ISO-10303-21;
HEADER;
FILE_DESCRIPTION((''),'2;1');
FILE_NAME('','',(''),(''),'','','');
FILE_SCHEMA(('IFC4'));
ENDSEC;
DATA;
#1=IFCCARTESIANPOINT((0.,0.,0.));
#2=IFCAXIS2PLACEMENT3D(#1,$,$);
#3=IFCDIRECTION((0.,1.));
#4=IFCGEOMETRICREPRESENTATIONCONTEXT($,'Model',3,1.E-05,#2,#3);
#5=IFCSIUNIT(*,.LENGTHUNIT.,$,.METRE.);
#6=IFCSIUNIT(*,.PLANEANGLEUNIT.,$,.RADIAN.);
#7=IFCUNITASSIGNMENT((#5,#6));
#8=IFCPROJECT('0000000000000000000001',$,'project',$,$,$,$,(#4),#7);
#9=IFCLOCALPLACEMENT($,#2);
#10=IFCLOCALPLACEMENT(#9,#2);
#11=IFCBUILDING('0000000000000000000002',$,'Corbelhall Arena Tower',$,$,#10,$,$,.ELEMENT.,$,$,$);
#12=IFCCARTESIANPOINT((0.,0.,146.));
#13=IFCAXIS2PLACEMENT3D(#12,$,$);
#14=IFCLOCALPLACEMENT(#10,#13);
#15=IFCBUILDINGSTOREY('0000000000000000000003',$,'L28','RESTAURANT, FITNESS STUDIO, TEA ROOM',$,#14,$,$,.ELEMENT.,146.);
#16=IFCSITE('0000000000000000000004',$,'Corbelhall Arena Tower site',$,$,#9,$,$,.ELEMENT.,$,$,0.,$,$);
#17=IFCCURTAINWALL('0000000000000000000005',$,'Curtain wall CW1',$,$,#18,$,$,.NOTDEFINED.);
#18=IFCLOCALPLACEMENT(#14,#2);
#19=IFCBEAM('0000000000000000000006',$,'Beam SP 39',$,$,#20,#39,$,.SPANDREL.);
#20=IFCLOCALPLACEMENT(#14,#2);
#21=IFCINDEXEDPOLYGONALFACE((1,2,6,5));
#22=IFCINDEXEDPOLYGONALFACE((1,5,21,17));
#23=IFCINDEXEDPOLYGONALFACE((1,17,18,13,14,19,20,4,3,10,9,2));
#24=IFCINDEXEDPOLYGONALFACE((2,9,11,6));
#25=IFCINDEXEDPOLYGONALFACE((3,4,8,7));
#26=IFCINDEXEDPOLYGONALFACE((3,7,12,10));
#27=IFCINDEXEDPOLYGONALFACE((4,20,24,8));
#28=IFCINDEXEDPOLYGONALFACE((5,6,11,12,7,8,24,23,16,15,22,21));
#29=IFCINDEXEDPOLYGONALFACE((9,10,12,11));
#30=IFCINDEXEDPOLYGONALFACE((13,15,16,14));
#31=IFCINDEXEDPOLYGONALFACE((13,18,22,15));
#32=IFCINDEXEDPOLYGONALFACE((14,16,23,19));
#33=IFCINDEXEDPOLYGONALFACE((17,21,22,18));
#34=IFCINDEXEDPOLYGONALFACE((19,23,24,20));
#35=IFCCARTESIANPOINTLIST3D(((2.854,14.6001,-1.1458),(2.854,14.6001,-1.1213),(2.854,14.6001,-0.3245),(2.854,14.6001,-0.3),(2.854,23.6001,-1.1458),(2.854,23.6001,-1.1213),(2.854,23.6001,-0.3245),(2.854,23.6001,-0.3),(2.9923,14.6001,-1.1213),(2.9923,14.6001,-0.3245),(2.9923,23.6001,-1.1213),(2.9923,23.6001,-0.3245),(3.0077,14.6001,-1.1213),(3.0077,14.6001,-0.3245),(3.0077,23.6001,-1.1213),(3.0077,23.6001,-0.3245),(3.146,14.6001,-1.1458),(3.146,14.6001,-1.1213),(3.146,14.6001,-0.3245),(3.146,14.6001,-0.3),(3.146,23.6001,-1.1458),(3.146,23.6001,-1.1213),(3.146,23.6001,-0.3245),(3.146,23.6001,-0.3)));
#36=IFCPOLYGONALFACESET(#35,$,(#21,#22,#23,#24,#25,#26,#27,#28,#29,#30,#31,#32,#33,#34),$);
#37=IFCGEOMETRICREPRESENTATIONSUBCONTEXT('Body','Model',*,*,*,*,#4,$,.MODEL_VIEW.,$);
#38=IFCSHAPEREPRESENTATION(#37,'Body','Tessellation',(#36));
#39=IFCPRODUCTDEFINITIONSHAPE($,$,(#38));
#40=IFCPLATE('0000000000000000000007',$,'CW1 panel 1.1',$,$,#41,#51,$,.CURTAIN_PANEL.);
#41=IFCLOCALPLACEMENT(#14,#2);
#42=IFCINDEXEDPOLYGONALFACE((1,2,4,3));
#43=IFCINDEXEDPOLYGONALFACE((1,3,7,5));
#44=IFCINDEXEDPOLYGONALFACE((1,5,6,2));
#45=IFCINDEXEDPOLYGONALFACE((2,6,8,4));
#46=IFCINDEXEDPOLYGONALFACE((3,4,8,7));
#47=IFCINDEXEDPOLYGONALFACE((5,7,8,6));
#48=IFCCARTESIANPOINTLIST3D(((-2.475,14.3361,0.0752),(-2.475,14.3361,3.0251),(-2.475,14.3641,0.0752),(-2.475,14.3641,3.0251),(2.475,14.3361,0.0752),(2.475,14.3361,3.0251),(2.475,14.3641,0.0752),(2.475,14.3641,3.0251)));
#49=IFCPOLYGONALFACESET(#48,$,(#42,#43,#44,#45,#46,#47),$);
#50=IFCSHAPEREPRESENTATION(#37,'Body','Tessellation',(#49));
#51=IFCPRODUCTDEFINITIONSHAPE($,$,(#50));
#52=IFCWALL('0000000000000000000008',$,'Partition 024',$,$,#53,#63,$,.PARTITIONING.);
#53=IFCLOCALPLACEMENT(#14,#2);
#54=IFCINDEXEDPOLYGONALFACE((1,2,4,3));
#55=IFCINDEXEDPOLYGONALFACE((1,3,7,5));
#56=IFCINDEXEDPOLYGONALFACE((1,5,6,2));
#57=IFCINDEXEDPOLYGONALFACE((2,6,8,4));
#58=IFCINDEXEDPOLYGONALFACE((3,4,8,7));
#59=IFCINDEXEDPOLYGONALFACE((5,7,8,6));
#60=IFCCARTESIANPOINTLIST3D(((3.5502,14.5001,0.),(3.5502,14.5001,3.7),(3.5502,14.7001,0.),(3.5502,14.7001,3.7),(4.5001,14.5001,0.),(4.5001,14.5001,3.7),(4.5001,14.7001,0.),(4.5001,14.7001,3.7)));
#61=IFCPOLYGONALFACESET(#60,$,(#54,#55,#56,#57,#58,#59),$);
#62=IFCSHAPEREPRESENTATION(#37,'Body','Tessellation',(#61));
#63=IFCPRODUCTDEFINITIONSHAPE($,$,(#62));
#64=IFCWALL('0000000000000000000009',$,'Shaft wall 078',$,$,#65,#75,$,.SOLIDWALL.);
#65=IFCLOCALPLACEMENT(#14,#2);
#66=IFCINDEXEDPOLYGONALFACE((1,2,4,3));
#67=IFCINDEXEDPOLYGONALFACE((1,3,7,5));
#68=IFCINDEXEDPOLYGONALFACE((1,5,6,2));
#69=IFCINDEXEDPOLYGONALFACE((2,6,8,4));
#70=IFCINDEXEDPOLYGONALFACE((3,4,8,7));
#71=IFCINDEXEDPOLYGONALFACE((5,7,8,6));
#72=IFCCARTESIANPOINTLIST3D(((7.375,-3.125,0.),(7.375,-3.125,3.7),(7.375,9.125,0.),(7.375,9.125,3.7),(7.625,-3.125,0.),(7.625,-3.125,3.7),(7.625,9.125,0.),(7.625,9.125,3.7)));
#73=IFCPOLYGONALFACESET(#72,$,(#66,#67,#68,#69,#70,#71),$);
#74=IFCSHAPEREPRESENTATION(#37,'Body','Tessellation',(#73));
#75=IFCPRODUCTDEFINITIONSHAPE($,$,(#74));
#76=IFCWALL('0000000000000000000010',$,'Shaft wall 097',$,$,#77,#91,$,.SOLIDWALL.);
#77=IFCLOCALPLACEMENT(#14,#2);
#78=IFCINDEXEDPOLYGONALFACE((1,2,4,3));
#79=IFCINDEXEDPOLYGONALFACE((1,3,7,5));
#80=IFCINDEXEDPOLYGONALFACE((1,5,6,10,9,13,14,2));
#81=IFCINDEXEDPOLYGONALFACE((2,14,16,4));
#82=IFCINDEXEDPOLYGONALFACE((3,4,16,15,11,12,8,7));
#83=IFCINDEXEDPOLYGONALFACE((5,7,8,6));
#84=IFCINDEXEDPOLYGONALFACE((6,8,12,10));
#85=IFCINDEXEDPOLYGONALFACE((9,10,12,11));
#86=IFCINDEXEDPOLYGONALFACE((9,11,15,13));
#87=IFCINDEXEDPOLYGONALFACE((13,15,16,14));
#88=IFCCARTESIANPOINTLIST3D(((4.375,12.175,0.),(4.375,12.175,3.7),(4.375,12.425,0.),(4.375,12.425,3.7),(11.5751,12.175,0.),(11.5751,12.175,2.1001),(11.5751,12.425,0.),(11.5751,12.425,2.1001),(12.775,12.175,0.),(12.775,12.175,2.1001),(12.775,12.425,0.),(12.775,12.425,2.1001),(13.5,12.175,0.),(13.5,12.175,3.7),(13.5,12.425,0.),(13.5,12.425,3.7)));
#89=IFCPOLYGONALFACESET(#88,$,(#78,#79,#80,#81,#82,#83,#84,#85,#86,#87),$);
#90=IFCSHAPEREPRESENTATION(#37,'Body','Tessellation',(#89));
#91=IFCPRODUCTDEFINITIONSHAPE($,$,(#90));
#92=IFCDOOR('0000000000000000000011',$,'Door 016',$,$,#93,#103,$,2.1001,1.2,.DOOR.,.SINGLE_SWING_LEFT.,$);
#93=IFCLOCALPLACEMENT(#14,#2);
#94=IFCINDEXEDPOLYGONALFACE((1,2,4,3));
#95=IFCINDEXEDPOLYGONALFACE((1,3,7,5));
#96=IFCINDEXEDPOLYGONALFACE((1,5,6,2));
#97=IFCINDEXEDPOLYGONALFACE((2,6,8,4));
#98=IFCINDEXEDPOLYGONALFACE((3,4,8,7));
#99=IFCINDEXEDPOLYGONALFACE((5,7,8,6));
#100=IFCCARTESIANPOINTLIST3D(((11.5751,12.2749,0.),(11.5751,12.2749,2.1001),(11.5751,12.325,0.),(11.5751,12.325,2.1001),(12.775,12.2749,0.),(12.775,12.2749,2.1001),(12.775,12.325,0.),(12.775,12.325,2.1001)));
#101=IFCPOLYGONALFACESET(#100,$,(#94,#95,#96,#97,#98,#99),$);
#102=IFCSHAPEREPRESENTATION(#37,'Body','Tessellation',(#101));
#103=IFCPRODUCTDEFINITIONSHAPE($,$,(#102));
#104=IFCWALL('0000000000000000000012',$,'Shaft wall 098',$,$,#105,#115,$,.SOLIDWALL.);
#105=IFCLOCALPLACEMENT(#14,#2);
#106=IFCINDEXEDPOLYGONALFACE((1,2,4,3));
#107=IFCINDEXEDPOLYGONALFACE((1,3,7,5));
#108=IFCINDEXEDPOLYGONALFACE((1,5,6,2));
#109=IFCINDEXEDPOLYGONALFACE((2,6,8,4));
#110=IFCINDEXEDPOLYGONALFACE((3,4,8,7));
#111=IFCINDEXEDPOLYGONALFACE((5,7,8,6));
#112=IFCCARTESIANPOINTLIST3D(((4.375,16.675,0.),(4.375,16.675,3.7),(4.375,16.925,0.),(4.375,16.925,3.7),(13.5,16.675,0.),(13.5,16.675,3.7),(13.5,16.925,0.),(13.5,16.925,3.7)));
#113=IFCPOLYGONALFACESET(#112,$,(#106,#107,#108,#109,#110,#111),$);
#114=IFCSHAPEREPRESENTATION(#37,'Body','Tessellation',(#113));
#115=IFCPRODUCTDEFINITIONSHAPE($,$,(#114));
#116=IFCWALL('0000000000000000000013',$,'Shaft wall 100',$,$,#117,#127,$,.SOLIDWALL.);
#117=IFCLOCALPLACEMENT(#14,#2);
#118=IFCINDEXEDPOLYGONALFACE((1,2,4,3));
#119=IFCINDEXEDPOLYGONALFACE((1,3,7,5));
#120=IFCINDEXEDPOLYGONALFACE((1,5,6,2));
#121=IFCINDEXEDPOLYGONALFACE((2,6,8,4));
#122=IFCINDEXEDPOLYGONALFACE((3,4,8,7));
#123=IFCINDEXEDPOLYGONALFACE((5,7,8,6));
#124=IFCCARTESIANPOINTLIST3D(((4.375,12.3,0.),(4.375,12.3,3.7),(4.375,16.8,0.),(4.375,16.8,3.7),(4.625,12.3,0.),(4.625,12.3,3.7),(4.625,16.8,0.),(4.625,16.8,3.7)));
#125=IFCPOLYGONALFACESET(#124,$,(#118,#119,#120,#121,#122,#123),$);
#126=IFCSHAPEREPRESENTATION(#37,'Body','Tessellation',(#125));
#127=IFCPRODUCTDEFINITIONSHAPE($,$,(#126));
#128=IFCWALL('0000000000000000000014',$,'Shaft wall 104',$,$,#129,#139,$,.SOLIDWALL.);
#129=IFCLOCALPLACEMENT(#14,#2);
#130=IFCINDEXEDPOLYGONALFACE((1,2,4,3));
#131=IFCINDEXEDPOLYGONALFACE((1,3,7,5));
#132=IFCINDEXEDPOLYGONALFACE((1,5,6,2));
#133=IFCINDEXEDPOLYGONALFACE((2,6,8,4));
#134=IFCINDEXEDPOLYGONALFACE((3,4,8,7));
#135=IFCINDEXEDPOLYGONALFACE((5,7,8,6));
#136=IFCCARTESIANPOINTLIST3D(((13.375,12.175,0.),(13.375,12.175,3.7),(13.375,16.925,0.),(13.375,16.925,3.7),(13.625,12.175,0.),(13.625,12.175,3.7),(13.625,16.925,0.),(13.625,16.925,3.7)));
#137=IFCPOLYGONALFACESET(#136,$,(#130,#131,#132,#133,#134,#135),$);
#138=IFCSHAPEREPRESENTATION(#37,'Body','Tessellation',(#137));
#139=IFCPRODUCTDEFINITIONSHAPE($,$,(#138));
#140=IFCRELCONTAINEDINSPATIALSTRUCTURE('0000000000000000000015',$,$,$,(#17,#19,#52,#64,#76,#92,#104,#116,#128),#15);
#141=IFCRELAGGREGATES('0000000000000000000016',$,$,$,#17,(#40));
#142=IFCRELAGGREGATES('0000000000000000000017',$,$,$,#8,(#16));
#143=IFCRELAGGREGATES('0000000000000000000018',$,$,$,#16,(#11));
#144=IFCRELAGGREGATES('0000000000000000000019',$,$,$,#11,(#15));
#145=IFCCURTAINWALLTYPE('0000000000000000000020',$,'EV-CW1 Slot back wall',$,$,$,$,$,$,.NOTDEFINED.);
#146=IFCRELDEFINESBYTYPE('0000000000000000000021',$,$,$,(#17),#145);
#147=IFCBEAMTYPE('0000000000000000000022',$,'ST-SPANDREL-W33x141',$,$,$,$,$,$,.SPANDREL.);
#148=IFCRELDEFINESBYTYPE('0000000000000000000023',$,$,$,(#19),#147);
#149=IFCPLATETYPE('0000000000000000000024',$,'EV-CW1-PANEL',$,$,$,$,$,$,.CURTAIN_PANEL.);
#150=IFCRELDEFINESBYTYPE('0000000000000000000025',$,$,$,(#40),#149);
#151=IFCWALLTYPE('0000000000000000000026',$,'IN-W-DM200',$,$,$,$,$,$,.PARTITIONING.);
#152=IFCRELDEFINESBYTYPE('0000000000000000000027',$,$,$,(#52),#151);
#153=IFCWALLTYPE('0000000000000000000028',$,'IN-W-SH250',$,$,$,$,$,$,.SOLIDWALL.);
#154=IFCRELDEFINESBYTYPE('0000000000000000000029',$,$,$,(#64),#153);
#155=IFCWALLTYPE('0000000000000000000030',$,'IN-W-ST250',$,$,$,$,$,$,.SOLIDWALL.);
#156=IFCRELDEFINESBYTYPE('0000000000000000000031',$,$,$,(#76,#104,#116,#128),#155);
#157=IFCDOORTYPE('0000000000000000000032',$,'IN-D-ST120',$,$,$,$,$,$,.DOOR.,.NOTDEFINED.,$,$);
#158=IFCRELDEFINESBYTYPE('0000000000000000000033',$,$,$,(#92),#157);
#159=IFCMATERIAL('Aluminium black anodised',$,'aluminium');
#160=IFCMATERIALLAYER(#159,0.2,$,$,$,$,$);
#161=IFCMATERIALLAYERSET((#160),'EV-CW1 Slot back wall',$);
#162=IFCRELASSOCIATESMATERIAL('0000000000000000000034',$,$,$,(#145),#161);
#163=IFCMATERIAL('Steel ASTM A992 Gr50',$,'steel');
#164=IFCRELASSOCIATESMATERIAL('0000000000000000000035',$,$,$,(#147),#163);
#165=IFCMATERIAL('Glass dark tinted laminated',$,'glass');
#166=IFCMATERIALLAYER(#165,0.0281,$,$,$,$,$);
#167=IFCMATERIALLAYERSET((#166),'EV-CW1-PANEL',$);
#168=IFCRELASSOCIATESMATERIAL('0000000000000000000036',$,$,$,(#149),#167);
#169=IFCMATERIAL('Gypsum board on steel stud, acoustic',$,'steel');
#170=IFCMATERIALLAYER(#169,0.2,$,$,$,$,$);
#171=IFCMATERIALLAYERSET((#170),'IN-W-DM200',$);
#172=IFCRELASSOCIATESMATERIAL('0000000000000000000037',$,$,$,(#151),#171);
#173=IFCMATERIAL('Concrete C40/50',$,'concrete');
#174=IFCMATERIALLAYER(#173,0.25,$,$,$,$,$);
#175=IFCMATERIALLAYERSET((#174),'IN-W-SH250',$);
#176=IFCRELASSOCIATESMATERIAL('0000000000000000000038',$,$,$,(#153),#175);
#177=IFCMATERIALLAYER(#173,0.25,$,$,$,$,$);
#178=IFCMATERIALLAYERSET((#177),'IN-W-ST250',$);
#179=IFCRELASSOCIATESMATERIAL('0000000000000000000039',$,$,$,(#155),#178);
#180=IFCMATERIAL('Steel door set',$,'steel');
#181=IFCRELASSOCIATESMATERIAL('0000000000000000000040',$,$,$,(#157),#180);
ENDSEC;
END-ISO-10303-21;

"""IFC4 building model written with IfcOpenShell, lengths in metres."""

from ifc_helpers import new_model, si_unit, direction, frame, frame_2d, origin, origin_2d, place, context, subcontext, project, spatial, rectangle, i_section, extrude, material, layer, layer_set, material_profile, profile_set, type_object, element, fill, aggregate, save


model = new_model("IFC4")

# Units and contexts
model_context = context("Model", 3, precision=1e-05, world=origin(), true_north=direction((0.0, 1.0)))
body_context = subcontext(model_context, "Body", "Model", "MODEL_VIEW")
ifc_project = project(units=[si_unit("LENGTHUNIT", "METRE"), si_unit("PLANEANGLEUNIT", "RADIAN")], contexts=[model_context])

# Site, building, storey
site_placement = place(None, origin())
site = spatial("IfcSite", under=ifc_project, at=site_placement, Name="Corbelhall Arena Tower site", CompositionType="ELEMENT", RefElevation=0.0)
building_placement = place(site_placement, origin())
building = spatial("IfcBuilding", under=site, at=building_placement, Name="Corbelhall Arena Tower", CompositionType="ELEMENT")
storey_placement = place(building_placement, frame((0.0, 0.0, 146.0)))
storey = spatial("IfcBuildingStorey", under=building, at=storey_placement, Name="L28", Description="RESTAURANT, FITNESS STUDIO, TEA ROOM", CompositionType="ELEMENT", Elevation=146.0)

# Curtain wall
ifc_material_1 = material(Name="Aluminium black anodised", Category="aluminium")
ifc_layer_1 = layer(ifc_material_1, 0.2)
ifc_layer_set_1 = layer_set([ifc_layer_1], Name="EV-CW1 Slot back wall")
curtain_wall_type = type_object("IfcCurtainWallType", Name="EV-CW1 Slot back wall", PredefinedType="NOTDEFINED", material=ifc_layer_set_1)
curtain_wall_placement = place(storey_placement, origin())
curtain_wall = element("IfcCurtainWall", 1, at=curtain_wall_placement, inside=storey, type_object=curtain_wall_type, Name="Curtain wall CW1", PredefinedType="NOTDEFINED")

# Beam
ifc_material_2 = material(Name="Steel ASTM A992 Gr50", Category="steel")
ifc_material_profile_1 = material_profile(ifc_material_2, i_section(OverallWidth=0.292, OverallDepth=0.8457, WebThickness=0.0154, FlangeThickness=0.0244, at=origin_2d()))
ifc_profile_set_1 = profile_set([ifc_material_profile_1], Name="Steel ASTM A992 Gr50")
beam_type_1 = type_object("IfcBeamType", Name="ST-SPANDREL-W33x141", PredefinedType="SPANDREL", material=ifc_profile_set_1)
beam_1_placement = place(storey_placement, frame((3.0, 14.6001, -0.7229), z_axis=(0.0, 1.0, 0.0), x_axis=(-1.0, 0.0, 0.0)))
element("IfcBeam", 2, at=beam_1_placement, inside=storey, type_object=beam_type_1, Name="Beam SP 39", PredefinedType="SPANDREL", context=body_context, shape_type="SweptSolid", body=[
    extrude(i_section(OverallWidth=0.292, OverallDepth=0.8457, WebThickness=0.0154, FlangeThickness=0.0244, at=origin_2d()), origin(), (0.0, 0.0, 1.0), 9.0),
])

# Plate
ifc_material_3 = material(Name="Glass dark tinted laminated", Category="glass")
ifc_layer_2 = layer(ifc_material_3, 0.0281)
ifc_layer_set_2 = layer_set([ifc_layer_2], Name="EV-CW1-PANEL")
plate_type = type_object("IfcPlateType", Name="EV-CW1-PANEL", PredefinedType="CURTAIN_PANEL", material=ifc_layer_set_2)
plate_placement = place(storey_placement, frame((0.0, 14.3501, 0.0752), z_axis=(0.0, 0.0, 1.0), x_axis=(-1.0, 0.0, 0.0)))
plate = element("IfcPlate", 3, at=plate_placement, type_object=plate_type, Name="CW1 panel 1.1", PredefinedType="CURTAIN_PANEL", context=body_context, shape_type="SweptSolid", body=[
    extrude(rectangle(XDim=4.95, YDim=0.0281, at=origin_2d()), origin(), (0.0, 0.0, 1.0), 2.95),
])
aggregate(curtain_wall, [plate])

# Wall
ifc_material_4 = material(Name="Gypsum board on steel stud, acoustic", Category="steel")
ifc_layer_3 = layer(ifc_material_4, 0.2)
ifc_layer_set_3 = layer_set([ifc_layer_3], Name="IN-W-DM200")
wall_type_1 = type_object("IfcWallType", Name="IN-W-DM200", PredefinedType="PARTITIONING", material=ifc_layer_set_3)
wall_1_placement = place(storey_placement, frame((3.55, 14.6001, 0.0), z_axis=(0.0, 0.0, 1.0), x_axis=(1.0, 0.0, 0.0)))
element("IfcWall", 4, at=wall_1_placement, inside=storey, type_object=wall_type_1, Name="Partition 024", PredefinedType="PARTITIONING", context=body_context, shape_type="SweptSolid", body=[
    extrude(rectangle(XDim=0.95, YDim=0.2, at=frame_2d((0.4751, 0.0))), origin(), (0.0, 0.0, 1.0), 3.7),
])

# Shared definitions
ifc_material_5 = material(Name="Steel door set", Category="steel")

# Wall
ifc_material_6 = material(Name="Concrete C40/50", Category="concrete")
ifc_layer_4 = layer(ifc_material_6, 0.25)
ifc_layer_set_4 = layer_set([ifc_layer_4], Name="IN-W-SH250")
wall_type_2 = type_object("IfcWallType", Name="IN-W-SH250", PredefinedType="SOLIDWALL", material=ifc_layer_set_4)
wall_2_placement = place(storey_placement, frame((7.5, 9.125, 0.0), z_axis=(0.0, 0.0, 1.0), x_axis=(0.0, -1.0, 0.0)))
element("IfcWall", 5, at=wall_2_placement, inside=storey, type_object=wall_type_2, Name="Shaft wall 078", PredefinedType="SOLIDWALL", context=body_context, shape_type="SweptSolid", body=[
    extrude(rectangle(XDim=12.25, YDim=0.25, at=frame_2d((6.125, 0.0))), origin(), (0.0, 0.0, 1.0), 3.7),
])

# Wall, opening, door
ifc_layer_5 = layer(ifc_material_6, 0.25)
ifc_layer_set_5 = layer_set([ifc_layer_5], Name="IN-W-ST250")
wall_type_3 = type_object("IfcWallType", Name="IN-W-ST250", PredefinedType="SOLIDWALL", material=ifc_layer_set_5)
wall_3_placement = place(storey_placement, frame((4.375, 12.3, 0.0), z_axis=(0.0, 0.0, 1.0), x_axis=(1.0, 0.0, 0.0)))
wall_3 = element("IfcWall", 6, at=wall_3_placement, inside=storey, type_object=wall_type_3, Name="Shaft wall 097", PredefinedType="SOLIDWALL", context=body_context, shape_type="SweptSolid", body=[
    extrude(rectangle(XDim=9.125, YDim=0.25, at=frame_2d((4.5625, 0.0))), origin(), (0.0, 0.0, 1.0), 3.7),
])
opening_1_placement = place(wall_3_placement, frame((7.2, 0.0, 0.0)))
opening_1 = element("IfcOpeningElement", 7, at=opening_1_placement, cuts=wall_3, PredefinedType="OPENING", context=body_context, shape_type="SweptSolid", body=[
    extrude(rectangle(XDim=1.2, YDim=2.1001, at=frame_2d((0.6001, 1.05))), frame((0.0, 0.125, 0.0), z_axis=(0.0, -1.0, 0.0), x_axis=(1.0, 0.0, 0.0)), (0.0, 0.0, 1.0), 0.25),
])
door_type_1 = type_object("IfcDoorType", Name="IN-D-ST120", OperationType="NOTDEFINED", PredefinedType="DOOR", material=ifc_material_5)
door_1_placement = place(opening_1_placement, origin())
door_1 = element("IfcDoor", 8, at=door_1_placement, inside=storey, type_object=door_type_1, Name="Door 016", OperationType="SINGLE_SWING_LEFT", OverallHeight=2.1001, OverallWidth=1.2, PredefinedType="DOOR", context=body_context, shape_type="SweptSolid", body=[
    extrude(rectangle(XDim=1.2, YDim=2.1001, at=frame_2d((0.6001, 1.05))), frame((0.0, 0.0249, 0.0), z_axis=(0.0, -1.0, 0.0), x_axis=(1.0, 0.0, 0.0)), (0.0, 0.0, 1.0), 0.05),
])
fill(opening_1, door_1)

# Walls
wall_4_placement = place(storey_placement, frame((4.375, 16.8, 0.0), z_axis=(0.0, 0.0, 1.0), x_axis=(1.0, 0.0, 0.0)))
element("IfcWall", 9, at=wall_4_placement, inside=storey, type_object=wall_type_3, Name="Shaft wall 098", PredefinedType="SOLIDWALL", context=body_context, shape_type="SweptSolid", body=[
    extrude(rectangle(XDim=9.125, YDim=0.25, at=frame_2d((4.5625, 0.0))), origin(), (0.0, 0.0, 1.0), 3.7),
])
wall_5_placement = place(storey_placement, frame((4.5, 12.3, 0.0), z_axis=(0.0, 0.0, 1.0), x_axis=(0.0, 1.0, 0.0)))
element("IfcWall", 10, at=wall_5_placement, inside=storey, type_object=wall_type_3, Name="Shaft wall 100", PredefinedType="SOLIDWALL", context=body_context, shape_type="SweptSolid", body=[
    extrude(rectangle(XDim=4.5, YDim=0.25, at=frame_2d((2.25, 0.0))), origin(), (0.0, 0.0, 1.0), 3.7),
])
wall_6_placement = place(storey_placement, frame((13.5, 12.175, 0.0), z_axis=(0.0, 0.0, 1.0), x_axis=(0.0, 1.0, 0.0)))
element("IfcWall", 11, at=wall_6_placement, inside=storey, type_object=wall_type_3, Name="Shaft wall 104", PredefinedType="SOLIDWALL", context=body_context, shape_type="SweptSolid", body=[
    extrude(rectangle(XDim=4.75, YDim=0.25, at=frame_2d((2.375, 0.0))), origin(), (0.0, 0.0, 1.0), 3.7),
])

save(model, "model.ifc")
